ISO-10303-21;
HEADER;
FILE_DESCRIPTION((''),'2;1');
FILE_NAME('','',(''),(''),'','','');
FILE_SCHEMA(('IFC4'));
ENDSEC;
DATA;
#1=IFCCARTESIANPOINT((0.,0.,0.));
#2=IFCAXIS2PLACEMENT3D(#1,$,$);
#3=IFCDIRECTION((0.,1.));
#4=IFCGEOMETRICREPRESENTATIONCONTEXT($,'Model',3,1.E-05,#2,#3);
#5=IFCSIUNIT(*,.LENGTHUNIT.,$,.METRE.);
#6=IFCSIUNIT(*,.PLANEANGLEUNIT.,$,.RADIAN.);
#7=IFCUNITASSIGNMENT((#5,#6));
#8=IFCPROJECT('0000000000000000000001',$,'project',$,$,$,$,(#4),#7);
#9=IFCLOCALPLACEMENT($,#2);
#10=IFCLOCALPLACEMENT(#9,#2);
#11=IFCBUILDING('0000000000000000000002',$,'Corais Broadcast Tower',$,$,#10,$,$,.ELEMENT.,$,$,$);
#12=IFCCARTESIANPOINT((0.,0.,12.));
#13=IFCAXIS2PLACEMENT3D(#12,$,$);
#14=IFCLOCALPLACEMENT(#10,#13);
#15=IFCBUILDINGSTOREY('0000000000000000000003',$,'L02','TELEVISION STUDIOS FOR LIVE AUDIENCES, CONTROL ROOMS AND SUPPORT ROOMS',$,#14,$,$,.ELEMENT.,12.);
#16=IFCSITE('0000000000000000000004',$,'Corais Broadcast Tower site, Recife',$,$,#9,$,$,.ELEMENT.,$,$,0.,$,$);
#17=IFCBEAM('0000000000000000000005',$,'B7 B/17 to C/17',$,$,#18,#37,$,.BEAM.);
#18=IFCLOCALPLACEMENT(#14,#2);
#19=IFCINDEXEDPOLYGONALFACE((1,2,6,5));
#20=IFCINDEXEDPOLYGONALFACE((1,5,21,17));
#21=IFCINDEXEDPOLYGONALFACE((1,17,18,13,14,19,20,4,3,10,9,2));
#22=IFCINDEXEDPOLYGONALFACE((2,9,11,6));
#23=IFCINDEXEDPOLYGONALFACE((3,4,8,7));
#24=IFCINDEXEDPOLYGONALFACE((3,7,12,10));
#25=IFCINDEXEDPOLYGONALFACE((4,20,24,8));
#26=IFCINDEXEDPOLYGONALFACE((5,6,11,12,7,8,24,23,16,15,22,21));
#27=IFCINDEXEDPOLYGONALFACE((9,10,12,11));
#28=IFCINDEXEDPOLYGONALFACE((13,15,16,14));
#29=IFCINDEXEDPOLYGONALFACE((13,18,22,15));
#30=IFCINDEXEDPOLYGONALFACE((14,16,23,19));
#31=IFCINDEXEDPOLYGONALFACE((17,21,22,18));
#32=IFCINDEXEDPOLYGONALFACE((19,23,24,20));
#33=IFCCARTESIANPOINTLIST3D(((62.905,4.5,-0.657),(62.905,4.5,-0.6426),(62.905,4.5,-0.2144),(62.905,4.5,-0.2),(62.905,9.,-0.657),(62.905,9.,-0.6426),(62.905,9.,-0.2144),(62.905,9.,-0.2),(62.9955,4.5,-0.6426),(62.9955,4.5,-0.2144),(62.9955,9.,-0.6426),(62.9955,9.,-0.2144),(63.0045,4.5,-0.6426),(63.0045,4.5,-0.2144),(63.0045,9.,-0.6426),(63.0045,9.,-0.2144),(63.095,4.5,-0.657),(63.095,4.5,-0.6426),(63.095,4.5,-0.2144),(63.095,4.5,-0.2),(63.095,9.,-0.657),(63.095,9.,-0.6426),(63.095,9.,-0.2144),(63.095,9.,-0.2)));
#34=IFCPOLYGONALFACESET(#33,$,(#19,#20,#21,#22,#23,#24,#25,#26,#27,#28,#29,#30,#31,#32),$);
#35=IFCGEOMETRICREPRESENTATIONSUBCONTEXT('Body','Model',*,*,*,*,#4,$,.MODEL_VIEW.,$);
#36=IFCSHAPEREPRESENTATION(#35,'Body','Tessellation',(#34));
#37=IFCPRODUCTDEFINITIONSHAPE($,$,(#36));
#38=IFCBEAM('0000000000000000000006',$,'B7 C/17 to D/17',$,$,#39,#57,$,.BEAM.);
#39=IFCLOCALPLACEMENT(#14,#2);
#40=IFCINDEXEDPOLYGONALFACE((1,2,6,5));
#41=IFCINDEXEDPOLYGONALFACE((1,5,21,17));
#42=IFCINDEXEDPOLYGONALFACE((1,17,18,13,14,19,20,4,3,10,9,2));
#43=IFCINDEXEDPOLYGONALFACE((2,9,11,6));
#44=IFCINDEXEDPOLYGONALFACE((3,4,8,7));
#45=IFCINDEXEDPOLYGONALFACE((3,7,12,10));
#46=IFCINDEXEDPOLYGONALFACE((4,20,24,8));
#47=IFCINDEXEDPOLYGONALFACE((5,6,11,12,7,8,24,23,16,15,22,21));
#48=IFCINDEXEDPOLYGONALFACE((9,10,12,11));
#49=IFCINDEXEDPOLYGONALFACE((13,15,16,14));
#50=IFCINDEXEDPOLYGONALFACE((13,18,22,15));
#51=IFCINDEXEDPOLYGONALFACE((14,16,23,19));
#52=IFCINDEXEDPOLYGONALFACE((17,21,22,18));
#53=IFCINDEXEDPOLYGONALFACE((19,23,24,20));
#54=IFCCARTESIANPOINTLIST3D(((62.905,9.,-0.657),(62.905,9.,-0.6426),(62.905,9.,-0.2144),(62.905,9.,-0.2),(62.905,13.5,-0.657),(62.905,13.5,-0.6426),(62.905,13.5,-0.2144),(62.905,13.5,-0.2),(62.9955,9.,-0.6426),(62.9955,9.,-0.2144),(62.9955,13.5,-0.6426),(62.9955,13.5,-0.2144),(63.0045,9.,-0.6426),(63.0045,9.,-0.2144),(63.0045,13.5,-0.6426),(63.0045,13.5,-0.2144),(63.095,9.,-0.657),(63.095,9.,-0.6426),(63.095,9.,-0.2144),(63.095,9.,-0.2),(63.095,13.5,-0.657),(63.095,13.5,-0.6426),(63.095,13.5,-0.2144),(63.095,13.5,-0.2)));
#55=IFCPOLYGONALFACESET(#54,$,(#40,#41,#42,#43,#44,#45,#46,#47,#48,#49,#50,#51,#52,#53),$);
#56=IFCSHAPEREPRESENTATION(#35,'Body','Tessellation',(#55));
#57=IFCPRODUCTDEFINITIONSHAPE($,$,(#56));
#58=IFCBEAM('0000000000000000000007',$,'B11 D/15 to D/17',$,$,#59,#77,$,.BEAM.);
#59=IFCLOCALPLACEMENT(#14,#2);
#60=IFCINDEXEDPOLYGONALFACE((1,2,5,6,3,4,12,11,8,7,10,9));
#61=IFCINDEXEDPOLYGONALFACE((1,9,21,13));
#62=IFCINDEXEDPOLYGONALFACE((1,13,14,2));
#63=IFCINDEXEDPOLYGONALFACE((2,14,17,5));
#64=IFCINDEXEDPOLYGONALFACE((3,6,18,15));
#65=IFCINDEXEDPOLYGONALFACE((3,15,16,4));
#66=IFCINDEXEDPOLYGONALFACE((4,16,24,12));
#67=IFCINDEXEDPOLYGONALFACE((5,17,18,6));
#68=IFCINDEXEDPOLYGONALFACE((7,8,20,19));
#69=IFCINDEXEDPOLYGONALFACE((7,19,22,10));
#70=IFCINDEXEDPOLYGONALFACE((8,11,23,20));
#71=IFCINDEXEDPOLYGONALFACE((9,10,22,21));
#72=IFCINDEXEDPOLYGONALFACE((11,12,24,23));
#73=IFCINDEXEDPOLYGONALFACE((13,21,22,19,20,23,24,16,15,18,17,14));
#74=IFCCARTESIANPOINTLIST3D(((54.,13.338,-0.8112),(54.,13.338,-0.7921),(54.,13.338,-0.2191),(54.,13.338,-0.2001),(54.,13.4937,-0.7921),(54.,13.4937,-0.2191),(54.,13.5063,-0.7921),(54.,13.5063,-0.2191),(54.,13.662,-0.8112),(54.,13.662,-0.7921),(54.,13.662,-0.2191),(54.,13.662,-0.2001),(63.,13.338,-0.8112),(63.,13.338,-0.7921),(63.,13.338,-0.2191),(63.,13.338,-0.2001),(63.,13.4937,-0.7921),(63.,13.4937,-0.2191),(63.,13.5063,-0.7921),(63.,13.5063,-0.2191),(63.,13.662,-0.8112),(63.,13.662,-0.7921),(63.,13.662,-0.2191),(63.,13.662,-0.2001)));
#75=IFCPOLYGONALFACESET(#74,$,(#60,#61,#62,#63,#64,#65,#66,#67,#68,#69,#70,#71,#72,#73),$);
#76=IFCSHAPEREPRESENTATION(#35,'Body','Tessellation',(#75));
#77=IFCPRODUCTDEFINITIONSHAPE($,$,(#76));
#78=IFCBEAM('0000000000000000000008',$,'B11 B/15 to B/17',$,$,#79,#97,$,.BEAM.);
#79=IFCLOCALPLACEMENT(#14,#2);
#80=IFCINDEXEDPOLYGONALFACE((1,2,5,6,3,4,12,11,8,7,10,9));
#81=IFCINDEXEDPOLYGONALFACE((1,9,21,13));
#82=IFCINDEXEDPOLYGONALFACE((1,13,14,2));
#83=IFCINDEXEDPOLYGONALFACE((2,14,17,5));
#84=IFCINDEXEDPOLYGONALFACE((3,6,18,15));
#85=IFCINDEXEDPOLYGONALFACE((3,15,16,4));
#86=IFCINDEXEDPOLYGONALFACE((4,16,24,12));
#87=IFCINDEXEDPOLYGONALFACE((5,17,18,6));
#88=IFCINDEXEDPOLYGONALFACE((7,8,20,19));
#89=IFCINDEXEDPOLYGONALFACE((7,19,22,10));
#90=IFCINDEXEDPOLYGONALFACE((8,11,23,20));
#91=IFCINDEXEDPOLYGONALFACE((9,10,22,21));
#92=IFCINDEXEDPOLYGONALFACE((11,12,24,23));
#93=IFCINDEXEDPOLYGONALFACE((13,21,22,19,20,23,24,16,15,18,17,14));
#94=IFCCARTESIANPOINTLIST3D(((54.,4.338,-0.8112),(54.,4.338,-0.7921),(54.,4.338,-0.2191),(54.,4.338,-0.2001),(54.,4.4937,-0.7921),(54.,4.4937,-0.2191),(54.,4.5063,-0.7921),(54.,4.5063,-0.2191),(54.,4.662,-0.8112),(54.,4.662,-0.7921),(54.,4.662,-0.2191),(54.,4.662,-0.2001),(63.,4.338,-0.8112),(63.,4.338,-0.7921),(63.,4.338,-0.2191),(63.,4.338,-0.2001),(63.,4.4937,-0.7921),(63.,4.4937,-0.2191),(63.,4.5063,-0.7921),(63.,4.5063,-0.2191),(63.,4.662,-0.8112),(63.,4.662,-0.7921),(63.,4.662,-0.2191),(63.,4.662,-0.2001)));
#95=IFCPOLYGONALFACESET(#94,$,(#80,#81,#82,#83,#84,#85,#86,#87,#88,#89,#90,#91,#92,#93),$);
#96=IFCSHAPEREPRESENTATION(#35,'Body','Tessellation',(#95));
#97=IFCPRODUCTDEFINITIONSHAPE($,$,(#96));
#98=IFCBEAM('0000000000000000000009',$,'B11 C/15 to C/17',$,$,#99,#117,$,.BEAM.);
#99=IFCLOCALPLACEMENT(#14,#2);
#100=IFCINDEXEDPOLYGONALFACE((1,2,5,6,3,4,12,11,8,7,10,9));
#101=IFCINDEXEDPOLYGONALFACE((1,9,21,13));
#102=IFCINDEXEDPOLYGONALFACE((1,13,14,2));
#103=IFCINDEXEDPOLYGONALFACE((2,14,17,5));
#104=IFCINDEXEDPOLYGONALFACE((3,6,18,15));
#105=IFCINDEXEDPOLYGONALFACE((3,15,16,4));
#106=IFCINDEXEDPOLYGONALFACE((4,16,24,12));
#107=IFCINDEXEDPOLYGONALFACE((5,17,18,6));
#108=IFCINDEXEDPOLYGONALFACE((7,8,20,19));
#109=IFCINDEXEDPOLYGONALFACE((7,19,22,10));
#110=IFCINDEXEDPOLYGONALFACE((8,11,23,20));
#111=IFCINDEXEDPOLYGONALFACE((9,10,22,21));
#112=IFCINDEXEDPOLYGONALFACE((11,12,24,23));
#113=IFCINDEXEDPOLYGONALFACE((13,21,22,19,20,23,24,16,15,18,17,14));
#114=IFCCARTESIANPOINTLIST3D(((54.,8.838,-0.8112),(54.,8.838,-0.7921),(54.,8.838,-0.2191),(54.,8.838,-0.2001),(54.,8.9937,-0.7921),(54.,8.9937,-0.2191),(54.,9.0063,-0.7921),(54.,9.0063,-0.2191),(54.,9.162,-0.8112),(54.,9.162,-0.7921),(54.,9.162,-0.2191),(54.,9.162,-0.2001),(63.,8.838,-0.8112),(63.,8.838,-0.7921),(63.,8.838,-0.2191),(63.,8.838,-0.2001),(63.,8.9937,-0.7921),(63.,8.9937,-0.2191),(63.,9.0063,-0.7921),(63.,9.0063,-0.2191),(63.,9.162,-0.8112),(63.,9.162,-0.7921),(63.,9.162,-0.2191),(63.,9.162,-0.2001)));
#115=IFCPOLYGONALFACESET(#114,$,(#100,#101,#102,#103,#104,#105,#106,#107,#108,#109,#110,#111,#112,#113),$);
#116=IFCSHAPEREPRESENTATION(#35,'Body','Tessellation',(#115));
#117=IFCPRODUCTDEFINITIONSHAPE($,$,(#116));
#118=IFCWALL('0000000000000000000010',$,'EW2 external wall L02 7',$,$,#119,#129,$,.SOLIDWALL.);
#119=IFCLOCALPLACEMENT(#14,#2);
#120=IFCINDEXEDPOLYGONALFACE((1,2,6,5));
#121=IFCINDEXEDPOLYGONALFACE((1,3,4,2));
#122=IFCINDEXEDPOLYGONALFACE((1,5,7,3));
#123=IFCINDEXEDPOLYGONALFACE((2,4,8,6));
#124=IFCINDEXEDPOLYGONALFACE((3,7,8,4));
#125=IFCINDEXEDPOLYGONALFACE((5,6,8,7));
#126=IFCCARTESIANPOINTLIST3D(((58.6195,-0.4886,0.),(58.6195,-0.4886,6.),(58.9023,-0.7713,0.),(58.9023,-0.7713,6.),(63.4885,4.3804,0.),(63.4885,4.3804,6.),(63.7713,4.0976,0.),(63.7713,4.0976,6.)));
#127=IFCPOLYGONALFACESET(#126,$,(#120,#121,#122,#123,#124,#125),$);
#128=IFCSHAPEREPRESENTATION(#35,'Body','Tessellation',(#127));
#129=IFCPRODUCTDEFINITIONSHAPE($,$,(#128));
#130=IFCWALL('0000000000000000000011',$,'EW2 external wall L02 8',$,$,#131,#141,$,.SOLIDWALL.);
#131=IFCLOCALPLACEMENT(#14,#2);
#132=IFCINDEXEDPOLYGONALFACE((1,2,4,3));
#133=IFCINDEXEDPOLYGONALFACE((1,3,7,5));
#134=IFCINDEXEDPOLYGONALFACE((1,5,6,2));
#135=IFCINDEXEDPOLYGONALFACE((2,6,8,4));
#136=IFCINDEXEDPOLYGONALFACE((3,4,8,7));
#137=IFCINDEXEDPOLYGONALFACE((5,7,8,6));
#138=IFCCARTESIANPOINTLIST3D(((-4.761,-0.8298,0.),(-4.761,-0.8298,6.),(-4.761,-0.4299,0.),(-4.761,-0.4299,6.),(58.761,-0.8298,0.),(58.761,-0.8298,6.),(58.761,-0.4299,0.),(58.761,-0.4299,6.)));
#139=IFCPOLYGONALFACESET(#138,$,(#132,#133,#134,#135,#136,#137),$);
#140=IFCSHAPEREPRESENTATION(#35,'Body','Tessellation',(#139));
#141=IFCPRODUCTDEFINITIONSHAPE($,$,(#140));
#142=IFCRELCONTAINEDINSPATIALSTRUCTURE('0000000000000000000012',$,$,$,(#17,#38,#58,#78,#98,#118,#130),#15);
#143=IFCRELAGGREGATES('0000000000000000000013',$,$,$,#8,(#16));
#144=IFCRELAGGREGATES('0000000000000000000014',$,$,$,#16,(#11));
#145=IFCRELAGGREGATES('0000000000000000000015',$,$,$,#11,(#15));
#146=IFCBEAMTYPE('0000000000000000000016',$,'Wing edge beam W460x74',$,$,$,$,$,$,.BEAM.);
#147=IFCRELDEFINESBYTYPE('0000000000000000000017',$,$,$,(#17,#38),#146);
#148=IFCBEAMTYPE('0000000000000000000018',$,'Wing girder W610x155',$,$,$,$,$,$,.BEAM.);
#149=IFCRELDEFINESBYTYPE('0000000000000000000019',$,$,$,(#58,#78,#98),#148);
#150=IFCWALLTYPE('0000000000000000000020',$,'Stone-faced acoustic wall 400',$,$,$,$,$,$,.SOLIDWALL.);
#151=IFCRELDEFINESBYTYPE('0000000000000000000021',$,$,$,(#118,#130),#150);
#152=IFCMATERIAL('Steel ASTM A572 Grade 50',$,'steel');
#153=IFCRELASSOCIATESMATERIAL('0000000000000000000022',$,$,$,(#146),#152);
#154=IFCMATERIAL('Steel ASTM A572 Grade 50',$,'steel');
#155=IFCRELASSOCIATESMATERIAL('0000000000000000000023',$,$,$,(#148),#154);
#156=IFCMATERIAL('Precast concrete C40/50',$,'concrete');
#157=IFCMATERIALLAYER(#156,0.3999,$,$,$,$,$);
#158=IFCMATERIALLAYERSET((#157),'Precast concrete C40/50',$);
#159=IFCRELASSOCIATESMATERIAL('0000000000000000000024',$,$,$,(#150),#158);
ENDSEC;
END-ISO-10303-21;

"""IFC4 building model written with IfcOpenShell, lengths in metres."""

from ifc_helpers import new_model, si_unit, direction, frame, frame_2d, origin, origin_2d, place, context, subcontext, project, spatial, rectangle, i_section, extrude, material, layer, layer_set, material_profile, profile_set, type_object, element, save


model = new_model("IFC4")

# Units and contexts
model_context = context("Model", 3, precision=1e-05, world=origin(), true_north=direction((0.0, 1.0)))
body_context = subcontext(model_context, "Body", "Model", "MODEL_VIEW")
ifc_project = project(units=[si_unit("LENGTHUNIT", "METRE"), si_unit("PLANEANGLEUNIT", "RADIAN")], contexts=[model_context])

# Site, building, storey
site_placement = place(None, origin())
site = spatial("IfcSite", under=ifc_project, at=site_placement, Name="Corais Broadcast Tower site, Recife", CompositionType="ELEMENT", RefElevation=0.0)
building_placement = place(site_placement, origin())
building = spatial("IfcBuilding", under=site, at=building_placement, Name="Corais Broadcast Tower", CompositionType="ELEMENT")
storey_placement = place(building_placement, frame((0.0, 0.0, 12.0)))
storey = spatial("IfcBuildingStorey", under=building, at=storey_placement, Name="L02", Description="TELEVISION STUDIOS FOR LIVE AUDIENCES, CONTROL ROOMS AND SUPPORT ROOMS", CompositionType="ELEMENT", Elevation=12.0)

# Beams
ifc_material_1 = material(Name="Steel ASTM A572 Grade 50", Category="steel")
ifc_material_profile_1 = material_profile(ifc_material_1, i_section(OverallWidth=0.1899, OverallDepth=0.457, WebThickness=0.009, FlangeThickness=0.0144, at=origin_2d()), Name="W460x74")
ifc_profile_set_1 = profile_set([ifc_material_profile_1], Name="Steel ASTM A572 Grade 50")
beam_type_1 = type_object("IfcBeamType", Name="Wing edge beam W460x74", PredefinedType="BEAM", material=ifc_profile_set_1)
for number, where, z_axis, x_axis, name in (
    (1, (63.0, 4.5, -0.4285), (0.0, 1.0, 0.0), (-1.0, 0.0, 0.0), "B7 B/17 to C/17"),
    (2, (63.0, 9.0, -0.4285), (0.0, 1.0, 0.0), (-1.0, 0.0, 0.0), "B7 C/17 to D/17"),
):
    element("IfcBeam", number, at=place(storey_placement, frame(where, z_axis=z_axis, x_axis=x_axis)), inside=storey, type_object=beam_type_1, Name=name, PredefinedType="BEAM", context=body_context, shape_type="SweptSolid", body=[
        extrude(i_section(OverallWidth=0.1899, OverallDepth=0.457, WebThickness=0.009, FlangeThickness=0.0144, at=origin_2d()), origin(), (0.0, 0.0, 1.0), 4.5),
    ])
ifc_material_2 = material(Name="Steel ASTM A572 Grade 50", Category="steel")
ifc_material_profile_2 = material_profile(ifc_material_2, i_section(OverallWidth=0.324, OverallDepth=0.6111, WebThickness=0.0127, FlangeThickness=0.019, at=origin_2d()), Name="W610x155")
ifc_profile_set_2 = profile_set([ifc_material_profile_2], Name="Steel ASTM A572 Grade 50")
beam_type_2 = type_object("IfcBeamType", Name="Wing girder W610x155", PredefinedType="BEAM", material=ifc_profile_set_2)
for number, where, z_axis, x_axis, name in (
    (3, (54.0, 13.5, -0.5056), (1.0, 0.0, 0.0), (0.0, 1.0, 0.0), "B11 D/15 to D/17"),
    (4, (54.0, 4.5, -0.5056), (1.0, 0.0, 0.0), (0.0, 1.0, 0.0), "B11 B/15 to B/17"),
    (5, (54.0, 9.0, -0.5056), (1.0, 0.0, 0.0), (0.0, 1.0, 0.0), "B11 C/15 to C/17"),
):
    element("IfcBeam", number, at=place(storey_placement, frame(where, z_axis=z_axis, x_axis=x_axis)), inside=storey, type_object=beam_type_2, Name=name, PredefinedType="BEAM", context=body_context, shape_type="SweptSolid", body=[
        extrude(i_section(OverallWidth=0.324, OverallDepth=0.6111, WebThickness=0.0127, FlangeThickness=0.019, at=origin_2d()), origin(), (0.0, 0.0, 1.0), 9.0),
    ])

# Walls
ifc_material_3 = material(Name="Precast concrete C40/50", Category="concrete")
ifc_layer = layer(ifc_material_3, 0.3999)
ifc_layer_set = layer_set([ifc_layer], Name="Precast concrete C40/50")
wall_type = type_object("IfcWallType", Name="Stone-faced acoustic wall 400", PredefinedType="SOLIDWALL", material=ifc_layer_set)
wall_1_placement = place(storey_placement, frame((63.6299, 4.239, 0.0), z_axis=(0.0, 0.0, 1.0), x_axis=(-0.707107, -0.707107, 0.0)))
element("IfcWall", 6, at=wall_1_placement, inside=storey, type_object=wall_type, Name="EW2 external wall L02 7", PredefinedType="SOLIDWALL", context=body_context, shape_type="SweptSolid", body=[
    extrude(rectangle(XDim=6.8857, YDim=0.3999, at=frame_2d((3.4429, 0.0))), origin(), (0.0, 0.0, 1.0), 6.0),
])
wall_2_placement = place(storey_placement, frame((58.761, -0.6299, 0.0), z_axis=(0.0, 0.0, 1.0), x_axis=(-1.0, 0.0, 0.0)))
element("IfcWall", 7, at=wall_2_placement, inside=storey, type_object=wall_type, Name="EW2 external wall L02 8", PredefinedType="SOLIDWALL", context=body_context, shape_type="SweptSolid", body=[
    extrude(rectangle(XDim=63.522, YDim=0.3999, at=frame_2d((31.761, 0.0))), origin(), (0.0, 0.0, 1.0), 6.0),
])

save(model, "model.ifc")
